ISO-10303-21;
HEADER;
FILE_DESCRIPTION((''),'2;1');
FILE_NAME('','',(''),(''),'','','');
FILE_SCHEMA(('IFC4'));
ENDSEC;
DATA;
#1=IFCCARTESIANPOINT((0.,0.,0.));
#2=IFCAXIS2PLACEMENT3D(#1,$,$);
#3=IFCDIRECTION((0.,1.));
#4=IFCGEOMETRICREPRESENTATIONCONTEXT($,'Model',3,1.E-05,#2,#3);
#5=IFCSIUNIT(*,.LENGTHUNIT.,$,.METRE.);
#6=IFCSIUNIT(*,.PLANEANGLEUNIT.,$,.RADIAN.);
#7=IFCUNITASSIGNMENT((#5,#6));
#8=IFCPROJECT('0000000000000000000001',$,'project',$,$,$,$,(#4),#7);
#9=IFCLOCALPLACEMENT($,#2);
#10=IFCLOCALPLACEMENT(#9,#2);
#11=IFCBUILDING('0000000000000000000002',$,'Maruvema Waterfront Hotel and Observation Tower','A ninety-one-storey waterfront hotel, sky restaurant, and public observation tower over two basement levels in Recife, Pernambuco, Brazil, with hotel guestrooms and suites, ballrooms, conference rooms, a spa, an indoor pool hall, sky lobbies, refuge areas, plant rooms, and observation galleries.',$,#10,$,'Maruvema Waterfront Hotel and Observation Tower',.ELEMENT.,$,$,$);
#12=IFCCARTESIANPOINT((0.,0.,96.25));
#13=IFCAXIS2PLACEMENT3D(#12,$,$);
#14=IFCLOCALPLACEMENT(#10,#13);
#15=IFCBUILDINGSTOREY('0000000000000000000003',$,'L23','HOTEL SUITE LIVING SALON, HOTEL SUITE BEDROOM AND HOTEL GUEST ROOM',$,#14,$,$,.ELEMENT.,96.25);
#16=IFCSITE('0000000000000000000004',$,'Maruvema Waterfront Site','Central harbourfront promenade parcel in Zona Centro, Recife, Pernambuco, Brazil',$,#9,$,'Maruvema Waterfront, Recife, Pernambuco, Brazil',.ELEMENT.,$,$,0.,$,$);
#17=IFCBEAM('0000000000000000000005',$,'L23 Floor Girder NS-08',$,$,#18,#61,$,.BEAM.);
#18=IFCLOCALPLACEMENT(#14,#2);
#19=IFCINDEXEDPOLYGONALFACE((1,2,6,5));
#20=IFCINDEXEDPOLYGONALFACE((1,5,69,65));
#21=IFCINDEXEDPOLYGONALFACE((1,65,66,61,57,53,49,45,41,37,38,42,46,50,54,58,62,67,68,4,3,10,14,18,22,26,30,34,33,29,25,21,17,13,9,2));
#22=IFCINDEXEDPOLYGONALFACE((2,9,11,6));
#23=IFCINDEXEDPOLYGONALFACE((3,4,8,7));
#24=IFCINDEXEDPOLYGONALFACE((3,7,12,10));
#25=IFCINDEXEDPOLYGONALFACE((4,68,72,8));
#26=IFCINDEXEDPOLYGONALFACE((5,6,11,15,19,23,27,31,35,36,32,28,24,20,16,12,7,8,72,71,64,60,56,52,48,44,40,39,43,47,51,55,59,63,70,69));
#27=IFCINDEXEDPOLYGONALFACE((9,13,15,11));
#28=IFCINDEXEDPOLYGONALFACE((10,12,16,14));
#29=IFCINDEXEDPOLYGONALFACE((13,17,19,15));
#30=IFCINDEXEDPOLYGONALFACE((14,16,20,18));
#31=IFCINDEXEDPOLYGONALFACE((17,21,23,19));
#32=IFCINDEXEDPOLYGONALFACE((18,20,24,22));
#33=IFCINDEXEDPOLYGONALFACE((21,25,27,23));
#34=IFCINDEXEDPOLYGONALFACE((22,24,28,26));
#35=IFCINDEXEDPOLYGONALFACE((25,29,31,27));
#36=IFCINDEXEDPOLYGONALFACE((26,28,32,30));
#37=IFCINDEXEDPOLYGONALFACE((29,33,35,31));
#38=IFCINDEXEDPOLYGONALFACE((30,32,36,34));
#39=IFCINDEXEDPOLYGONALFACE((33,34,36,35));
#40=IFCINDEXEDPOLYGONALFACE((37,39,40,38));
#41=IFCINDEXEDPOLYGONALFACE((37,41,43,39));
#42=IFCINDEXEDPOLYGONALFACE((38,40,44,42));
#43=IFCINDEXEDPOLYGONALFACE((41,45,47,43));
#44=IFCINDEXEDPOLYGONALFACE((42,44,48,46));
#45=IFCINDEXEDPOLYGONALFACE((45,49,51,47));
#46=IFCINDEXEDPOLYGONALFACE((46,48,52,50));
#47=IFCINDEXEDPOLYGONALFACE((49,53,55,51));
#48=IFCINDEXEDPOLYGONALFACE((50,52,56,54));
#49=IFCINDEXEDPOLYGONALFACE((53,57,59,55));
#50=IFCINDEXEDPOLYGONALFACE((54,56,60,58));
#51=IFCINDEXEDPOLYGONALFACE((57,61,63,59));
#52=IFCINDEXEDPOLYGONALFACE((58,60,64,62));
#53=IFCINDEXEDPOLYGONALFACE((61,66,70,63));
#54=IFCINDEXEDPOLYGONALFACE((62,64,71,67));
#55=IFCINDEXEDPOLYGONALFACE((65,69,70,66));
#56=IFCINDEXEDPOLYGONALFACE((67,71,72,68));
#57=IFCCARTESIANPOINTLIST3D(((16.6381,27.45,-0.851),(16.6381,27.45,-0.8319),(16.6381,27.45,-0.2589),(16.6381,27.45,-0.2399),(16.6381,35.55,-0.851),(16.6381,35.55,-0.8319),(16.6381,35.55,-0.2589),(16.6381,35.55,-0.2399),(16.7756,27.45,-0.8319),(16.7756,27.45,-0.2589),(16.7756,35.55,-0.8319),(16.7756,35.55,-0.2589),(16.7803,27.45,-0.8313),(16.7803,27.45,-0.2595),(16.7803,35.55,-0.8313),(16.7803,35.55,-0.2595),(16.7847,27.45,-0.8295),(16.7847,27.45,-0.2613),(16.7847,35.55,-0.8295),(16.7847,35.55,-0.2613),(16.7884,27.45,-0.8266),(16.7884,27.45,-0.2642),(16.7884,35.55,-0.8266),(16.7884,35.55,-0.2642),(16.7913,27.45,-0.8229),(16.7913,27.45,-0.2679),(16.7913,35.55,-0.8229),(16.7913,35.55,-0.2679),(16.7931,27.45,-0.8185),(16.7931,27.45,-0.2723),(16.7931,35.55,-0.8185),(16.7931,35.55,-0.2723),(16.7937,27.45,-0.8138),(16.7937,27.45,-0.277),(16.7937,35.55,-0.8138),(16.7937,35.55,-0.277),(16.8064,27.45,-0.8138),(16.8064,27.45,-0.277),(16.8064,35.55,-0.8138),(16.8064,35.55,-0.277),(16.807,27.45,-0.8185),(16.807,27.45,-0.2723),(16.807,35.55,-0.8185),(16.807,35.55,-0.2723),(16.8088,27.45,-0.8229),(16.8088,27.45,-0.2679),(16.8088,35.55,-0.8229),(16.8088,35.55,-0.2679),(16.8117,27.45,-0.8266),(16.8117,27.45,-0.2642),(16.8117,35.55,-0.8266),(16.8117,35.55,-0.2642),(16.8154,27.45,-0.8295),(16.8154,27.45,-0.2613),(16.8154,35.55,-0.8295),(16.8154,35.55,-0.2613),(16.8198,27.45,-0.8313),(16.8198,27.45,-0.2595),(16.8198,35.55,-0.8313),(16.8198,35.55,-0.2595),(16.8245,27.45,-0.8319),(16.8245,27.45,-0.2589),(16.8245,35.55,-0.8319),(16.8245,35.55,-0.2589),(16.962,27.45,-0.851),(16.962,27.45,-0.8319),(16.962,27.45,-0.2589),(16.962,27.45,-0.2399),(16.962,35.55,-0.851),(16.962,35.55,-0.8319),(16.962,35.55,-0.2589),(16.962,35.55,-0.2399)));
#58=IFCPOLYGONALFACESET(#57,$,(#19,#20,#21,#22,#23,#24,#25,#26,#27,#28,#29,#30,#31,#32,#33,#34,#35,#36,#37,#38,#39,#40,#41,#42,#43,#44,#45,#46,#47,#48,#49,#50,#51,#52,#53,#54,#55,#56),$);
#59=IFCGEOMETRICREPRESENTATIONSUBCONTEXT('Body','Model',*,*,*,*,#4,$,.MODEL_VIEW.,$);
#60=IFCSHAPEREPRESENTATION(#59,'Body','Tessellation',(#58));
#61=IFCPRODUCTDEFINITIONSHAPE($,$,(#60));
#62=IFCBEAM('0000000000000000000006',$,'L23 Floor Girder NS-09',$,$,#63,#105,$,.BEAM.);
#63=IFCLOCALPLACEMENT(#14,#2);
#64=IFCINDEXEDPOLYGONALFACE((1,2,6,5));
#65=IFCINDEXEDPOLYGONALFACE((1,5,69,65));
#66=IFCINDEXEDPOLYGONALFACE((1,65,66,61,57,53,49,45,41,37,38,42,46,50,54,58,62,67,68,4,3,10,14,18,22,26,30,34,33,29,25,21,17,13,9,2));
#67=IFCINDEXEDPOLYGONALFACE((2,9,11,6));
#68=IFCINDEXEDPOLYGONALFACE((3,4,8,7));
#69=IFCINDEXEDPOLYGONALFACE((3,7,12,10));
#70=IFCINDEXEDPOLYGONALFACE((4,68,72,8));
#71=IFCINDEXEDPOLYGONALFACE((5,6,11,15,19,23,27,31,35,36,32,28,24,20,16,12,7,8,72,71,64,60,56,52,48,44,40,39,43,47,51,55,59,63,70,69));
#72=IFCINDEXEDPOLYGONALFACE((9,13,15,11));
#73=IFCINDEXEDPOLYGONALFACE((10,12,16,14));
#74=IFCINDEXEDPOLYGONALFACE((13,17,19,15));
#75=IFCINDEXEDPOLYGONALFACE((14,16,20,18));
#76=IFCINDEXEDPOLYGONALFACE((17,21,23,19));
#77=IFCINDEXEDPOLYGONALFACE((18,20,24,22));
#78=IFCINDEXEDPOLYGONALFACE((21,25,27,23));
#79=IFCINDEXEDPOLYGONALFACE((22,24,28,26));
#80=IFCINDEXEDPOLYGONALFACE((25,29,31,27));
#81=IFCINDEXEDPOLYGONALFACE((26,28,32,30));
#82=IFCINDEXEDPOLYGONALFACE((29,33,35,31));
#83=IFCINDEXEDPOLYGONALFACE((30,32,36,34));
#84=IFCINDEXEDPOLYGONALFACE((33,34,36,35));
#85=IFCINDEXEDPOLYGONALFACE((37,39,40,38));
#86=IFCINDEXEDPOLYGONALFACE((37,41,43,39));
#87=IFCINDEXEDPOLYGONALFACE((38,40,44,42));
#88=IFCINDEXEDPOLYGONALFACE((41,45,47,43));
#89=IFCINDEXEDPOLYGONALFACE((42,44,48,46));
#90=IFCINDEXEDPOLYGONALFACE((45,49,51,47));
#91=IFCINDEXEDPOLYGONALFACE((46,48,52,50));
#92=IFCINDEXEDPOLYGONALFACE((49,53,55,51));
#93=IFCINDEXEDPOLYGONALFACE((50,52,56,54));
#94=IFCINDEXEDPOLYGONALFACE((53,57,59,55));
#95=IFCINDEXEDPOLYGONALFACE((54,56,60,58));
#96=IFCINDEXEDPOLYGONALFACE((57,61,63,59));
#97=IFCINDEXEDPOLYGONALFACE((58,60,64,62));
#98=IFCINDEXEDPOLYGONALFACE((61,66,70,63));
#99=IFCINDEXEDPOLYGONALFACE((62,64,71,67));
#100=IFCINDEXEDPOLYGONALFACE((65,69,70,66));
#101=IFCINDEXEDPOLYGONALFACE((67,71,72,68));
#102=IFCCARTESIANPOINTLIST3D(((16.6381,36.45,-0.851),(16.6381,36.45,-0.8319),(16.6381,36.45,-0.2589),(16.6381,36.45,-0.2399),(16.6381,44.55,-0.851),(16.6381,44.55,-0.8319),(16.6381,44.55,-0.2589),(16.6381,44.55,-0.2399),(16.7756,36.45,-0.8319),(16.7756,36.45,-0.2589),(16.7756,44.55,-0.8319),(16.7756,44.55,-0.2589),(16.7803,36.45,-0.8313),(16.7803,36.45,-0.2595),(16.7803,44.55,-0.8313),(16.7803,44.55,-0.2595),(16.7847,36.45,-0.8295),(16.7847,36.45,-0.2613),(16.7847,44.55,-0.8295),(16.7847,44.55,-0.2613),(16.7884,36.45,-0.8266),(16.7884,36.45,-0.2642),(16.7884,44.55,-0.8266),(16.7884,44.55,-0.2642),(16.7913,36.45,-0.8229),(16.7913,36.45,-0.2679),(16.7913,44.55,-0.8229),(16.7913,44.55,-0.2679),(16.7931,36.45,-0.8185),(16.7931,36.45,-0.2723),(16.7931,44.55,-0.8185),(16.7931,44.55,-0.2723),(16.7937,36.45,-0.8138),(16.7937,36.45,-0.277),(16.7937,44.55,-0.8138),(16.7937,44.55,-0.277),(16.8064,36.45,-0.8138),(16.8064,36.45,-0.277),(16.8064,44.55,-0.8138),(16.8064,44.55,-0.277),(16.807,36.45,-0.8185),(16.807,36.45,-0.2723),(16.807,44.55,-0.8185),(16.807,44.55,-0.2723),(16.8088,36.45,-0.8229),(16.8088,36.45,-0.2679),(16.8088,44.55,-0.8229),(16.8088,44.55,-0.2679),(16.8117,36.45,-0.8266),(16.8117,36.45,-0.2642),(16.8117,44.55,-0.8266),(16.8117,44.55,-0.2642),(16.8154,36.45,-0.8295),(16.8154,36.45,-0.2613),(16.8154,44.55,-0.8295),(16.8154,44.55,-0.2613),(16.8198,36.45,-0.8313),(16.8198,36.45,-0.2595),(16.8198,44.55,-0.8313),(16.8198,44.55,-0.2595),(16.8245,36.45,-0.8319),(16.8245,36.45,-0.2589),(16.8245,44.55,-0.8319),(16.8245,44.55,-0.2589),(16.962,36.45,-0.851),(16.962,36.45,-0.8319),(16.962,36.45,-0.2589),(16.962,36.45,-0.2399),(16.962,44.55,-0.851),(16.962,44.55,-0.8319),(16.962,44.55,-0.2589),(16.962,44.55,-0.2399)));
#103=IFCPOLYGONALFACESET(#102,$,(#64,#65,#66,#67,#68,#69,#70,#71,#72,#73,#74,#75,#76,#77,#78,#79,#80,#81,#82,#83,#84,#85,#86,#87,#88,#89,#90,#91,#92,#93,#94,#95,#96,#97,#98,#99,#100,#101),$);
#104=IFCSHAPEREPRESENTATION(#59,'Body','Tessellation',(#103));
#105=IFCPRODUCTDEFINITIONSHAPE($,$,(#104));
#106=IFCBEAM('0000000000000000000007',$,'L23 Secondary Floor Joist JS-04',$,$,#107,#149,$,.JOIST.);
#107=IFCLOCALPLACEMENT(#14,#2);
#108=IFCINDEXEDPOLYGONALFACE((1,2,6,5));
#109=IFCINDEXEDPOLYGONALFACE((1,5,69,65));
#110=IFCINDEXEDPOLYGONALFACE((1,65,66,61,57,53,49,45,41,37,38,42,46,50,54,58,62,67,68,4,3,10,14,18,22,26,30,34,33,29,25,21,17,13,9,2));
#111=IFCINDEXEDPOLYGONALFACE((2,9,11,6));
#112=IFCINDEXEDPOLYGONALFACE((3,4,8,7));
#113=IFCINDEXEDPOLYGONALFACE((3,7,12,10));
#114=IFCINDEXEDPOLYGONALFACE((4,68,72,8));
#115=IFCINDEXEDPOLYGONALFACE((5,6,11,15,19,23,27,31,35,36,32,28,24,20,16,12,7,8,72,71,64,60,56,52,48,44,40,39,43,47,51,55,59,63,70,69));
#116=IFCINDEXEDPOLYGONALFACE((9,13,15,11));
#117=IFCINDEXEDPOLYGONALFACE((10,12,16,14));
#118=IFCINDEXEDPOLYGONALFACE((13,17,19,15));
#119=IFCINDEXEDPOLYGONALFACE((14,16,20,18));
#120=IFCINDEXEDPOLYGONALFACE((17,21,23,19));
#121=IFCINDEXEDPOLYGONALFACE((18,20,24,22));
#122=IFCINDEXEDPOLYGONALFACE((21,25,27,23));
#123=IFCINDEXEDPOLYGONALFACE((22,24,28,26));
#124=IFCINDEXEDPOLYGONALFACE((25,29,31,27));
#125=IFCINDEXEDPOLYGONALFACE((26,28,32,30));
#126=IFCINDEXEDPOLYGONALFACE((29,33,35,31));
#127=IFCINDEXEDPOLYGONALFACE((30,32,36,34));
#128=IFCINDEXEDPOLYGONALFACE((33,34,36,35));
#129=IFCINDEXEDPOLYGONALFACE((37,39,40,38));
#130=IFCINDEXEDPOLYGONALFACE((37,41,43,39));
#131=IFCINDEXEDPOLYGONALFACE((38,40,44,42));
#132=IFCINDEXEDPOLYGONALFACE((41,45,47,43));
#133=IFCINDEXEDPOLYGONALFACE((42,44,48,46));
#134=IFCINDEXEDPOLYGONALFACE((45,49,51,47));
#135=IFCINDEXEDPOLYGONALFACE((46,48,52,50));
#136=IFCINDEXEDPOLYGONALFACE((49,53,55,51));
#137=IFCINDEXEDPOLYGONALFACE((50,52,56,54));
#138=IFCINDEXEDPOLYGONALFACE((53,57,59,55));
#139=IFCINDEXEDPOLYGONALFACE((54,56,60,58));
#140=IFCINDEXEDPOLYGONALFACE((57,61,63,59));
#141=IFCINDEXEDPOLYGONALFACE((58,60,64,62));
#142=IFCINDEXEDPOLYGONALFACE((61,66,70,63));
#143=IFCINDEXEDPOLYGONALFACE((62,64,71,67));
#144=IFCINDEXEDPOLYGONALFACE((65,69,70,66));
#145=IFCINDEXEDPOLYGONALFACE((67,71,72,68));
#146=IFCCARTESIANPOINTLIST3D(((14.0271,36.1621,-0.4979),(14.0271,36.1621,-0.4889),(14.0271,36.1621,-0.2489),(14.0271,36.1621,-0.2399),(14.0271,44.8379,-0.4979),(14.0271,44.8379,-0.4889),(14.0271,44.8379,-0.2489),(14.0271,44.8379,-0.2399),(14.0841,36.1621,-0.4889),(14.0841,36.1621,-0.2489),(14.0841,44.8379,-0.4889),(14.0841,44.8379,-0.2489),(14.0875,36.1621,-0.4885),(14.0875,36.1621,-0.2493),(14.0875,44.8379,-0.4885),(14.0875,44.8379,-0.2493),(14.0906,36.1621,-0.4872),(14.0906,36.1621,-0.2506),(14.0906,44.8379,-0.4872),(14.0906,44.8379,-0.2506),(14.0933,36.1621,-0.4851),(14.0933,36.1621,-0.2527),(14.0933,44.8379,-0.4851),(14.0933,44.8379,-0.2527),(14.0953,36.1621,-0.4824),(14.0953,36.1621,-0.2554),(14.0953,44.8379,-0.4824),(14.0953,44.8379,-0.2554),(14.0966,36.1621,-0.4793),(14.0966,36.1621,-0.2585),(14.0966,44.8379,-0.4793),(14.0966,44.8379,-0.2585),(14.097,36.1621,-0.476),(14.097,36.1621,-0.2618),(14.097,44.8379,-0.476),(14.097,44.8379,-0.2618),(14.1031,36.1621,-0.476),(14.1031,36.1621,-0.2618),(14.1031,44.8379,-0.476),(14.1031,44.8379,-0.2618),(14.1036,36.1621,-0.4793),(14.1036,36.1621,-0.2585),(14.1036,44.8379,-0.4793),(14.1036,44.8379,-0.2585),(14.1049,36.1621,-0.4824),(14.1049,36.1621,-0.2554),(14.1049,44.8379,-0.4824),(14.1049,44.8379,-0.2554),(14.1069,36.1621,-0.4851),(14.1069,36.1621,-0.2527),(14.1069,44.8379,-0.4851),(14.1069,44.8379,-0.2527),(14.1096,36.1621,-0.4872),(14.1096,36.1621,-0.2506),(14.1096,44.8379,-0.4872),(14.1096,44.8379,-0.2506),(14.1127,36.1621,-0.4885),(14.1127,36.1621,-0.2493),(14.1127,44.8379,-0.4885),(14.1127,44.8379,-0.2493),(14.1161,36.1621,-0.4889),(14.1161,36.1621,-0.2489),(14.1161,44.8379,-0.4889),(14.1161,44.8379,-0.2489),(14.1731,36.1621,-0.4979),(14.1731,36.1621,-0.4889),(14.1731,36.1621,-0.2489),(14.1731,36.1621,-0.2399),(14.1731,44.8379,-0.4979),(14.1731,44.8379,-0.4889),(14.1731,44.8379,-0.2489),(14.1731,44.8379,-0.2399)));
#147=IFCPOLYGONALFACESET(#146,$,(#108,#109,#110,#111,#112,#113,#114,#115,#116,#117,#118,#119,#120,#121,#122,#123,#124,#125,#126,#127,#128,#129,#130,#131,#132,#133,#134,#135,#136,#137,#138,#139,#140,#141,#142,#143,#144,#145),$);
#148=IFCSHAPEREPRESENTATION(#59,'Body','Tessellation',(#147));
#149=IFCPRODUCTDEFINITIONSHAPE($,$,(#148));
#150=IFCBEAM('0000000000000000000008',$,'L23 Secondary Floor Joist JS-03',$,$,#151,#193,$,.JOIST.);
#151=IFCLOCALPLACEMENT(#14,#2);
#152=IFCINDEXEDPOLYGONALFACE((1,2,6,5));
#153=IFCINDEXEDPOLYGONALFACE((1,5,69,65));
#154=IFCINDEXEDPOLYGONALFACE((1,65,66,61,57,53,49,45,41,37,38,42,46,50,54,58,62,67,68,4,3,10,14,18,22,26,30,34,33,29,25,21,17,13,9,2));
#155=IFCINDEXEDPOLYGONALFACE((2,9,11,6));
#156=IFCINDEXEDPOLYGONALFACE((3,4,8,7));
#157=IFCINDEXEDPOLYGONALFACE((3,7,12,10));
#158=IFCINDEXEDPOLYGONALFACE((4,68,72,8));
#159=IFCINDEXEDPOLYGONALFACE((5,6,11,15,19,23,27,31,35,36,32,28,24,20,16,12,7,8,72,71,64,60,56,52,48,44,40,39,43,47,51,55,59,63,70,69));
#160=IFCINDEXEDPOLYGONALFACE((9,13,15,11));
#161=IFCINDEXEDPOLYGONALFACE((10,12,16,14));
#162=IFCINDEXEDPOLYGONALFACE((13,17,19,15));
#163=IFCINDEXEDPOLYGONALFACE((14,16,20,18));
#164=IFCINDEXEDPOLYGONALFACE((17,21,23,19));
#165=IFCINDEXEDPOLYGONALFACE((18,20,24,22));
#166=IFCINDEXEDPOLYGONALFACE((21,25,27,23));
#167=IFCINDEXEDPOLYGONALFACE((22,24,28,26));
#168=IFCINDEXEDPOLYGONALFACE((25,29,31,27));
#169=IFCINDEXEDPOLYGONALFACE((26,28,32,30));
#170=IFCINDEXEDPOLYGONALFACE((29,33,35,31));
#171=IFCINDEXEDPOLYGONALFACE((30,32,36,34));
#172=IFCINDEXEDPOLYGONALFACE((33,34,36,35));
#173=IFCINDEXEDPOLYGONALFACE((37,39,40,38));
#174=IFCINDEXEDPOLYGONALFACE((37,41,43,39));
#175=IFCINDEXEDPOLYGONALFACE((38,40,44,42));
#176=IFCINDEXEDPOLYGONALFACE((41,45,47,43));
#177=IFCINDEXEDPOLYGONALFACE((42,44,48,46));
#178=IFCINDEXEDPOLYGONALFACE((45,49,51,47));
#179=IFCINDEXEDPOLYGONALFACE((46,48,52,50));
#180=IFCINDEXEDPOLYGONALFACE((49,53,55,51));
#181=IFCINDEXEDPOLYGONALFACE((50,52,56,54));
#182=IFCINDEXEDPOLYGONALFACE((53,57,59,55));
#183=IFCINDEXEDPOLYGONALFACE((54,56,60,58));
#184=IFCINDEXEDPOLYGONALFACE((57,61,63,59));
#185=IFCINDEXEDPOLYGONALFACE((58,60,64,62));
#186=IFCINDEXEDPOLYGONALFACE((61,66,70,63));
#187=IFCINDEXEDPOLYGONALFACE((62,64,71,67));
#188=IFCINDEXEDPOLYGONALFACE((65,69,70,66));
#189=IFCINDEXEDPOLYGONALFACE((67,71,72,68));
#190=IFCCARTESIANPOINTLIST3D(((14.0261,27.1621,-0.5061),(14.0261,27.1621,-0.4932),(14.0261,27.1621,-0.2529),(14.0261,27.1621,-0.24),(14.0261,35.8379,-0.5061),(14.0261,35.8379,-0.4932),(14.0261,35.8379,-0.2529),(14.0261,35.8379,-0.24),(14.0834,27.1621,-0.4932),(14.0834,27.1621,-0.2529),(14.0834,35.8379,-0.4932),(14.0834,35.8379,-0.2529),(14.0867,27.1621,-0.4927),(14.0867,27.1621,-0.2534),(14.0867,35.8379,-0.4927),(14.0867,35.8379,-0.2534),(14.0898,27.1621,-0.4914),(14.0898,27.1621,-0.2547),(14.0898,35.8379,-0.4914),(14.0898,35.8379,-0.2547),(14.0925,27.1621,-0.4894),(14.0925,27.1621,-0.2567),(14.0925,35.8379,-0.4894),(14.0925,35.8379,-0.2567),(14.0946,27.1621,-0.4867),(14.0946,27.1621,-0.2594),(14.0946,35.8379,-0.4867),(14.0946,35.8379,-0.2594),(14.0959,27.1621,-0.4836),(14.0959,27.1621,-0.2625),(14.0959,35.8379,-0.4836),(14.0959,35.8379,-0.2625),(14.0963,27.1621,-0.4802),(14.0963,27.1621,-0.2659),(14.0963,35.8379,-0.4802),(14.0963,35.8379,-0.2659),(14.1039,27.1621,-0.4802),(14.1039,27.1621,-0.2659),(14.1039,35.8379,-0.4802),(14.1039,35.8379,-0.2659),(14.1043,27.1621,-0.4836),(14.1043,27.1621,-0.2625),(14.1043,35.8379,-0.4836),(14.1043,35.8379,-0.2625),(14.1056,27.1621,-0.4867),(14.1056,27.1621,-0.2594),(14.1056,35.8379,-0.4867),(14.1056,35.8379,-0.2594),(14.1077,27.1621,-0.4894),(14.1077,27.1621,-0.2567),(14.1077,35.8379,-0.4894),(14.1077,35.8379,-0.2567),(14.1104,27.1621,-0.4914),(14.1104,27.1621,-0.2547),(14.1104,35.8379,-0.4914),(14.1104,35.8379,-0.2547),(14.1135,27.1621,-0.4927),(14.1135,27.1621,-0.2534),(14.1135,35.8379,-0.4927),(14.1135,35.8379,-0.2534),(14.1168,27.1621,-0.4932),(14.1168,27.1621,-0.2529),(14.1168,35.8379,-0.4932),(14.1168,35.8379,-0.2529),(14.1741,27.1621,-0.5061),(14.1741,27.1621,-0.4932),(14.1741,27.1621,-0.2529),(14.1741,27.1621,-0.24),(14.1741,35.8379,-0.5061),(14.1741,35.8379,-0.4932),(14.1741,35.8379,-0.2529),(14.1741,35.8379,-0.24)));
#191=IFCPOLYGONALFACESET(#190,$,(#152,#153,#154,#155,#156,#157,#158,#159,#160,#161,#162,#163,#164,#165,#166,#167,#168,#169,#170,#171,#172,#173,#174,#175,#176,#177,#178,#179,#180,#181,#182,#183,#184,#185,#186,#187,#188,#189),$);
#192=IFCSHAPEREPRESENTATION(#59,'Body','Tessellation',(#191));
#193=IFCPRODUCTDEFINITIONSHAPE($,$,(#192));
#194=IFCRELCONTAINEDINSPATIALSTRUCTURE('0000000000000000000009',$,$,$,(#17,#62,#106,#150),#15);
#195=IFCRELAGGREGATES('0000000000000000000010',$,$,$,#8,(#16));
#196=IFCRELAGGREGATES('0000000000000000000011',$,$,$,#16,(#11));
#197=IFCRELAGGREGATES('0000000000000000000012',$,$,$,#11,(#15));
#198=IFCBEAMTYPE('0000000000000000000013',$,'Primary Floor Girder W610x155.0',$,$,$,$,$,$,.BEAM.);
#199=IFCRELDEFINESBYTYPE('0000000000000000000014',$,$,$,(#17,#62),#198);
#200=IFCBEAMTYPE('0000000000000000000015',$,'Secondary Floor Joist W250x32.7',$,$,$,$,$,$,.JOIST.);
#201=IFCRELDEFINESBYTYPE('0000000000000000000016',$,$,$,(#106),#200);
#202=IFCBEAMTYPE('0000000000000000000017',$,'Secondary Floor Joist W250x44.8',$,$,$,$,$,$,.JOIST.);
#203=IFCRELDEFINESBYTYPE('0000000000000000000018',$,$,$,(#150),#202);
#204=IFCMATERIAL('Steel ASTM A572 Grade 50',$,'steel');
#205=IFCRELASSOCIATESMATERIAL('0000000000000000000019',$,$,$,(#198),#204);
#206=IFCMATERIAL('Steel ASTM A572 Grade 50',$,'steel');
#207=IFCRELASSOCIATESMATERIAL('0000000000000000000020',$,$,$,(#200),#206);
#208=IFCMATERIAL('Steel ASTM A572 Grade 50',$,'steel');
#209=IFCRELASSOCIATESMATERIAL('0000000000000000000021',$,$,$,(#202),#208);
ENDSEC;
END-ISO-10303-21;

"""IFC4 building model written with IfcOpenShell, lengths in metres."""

from ifc_helpers import new_model, si_unit, direction, frame, origin, origin_2d, place, context, subcontext, project, spatial, i_section, extrude, material, material_profile, profile_set, type_object, element, save


model = new_model("IFC4")

# Units and contexts
model_context = context("Model", 3, precision=1e-05, world=origin(), true_north=direction((0.0, 1.0)))
body_context = subcontext(model_context, "Body", "Model", "MODEL_VIEW")
ifc_project = project(units=[si_unit("LENGTHUNIT", "METRE"), si_unit("PLANEANGLEUNIT", "RADIAN")], contexts=[model_context])

# Site, building, storey
site_placement = place(None, origin())
site = spatial("IfcSite", under=ifc_project, at=site_placement, Name="Maruvema Waterfront Site", Description="Central harbourfront promenade parcel in Zona Centro, Recife, Pernambuco, Brazil", LongName="Maruvema Waterfront, Recife, Pernambuco, Brazil", CompositionType="ELEMENT", RefElevation=0.0)
building_placement = place(site_placement, origin())
building = spatial("IfcBuilding", under=site, at=building_placement, Name="Maruvema Waterfront Hotel and Observation Tower", Description="A ninety-one-storey waterfront hotel, sky restaurant, and public observation tower over two basement levels in Recife, Pernambuco, Brazil, with hotel guestrooms and suites, ballrooms, conference rooms, a spa, an indoor pool hall, sky lobbies, refuge areas, plant rooms, and observation galleries.", LongName="Maruvema Waterfront Hotel and Observation Tower", CompositionType="ELEMENT")
storey_placement = place(building_placement, frame((0.0, 0.0, 96.25)))
storey = spatial("IfcBuildingStorey", under=building, at=storey_placement, Name="L23", Description="HOTEL SUITE LIVING SALON, HOTEL SUITE BEDROOM AND HOTEL GUEST ROOM", CompositionType="ELEMENT", Elevation=96.25)

# Beams
ifc_material_1 = material(Name="Steel ASTM A572 Grade 50", Category="steel")
ifc_material_profile_1 = material_profile(ifc_material_1, i_section(OverallWidth=0.324, OverallDepth=0.6111, WebThickness=0.0127, FlangeThickness=0.019, FilletRadius=0.0181, at=origin_2d()), Name="W610x155.0")
ifc_profile_set_1 = profile_set([ifc_material_profile_1], Name="Steel ASTM A572 Grade 50")
beam_type_1 = type_object("IfcBeamType", Name="Primary Floor Girder W610x155.0", PredefinedType="BEAM", material=ifc_profile_set_1)
for number, where, z_axis, x_axis, name in (
    (1, (16.8, 27.45, -0.5454), (0.0, 1.0, 0.0), (-1.0, 0.0, 0.0), "L23 Floor Girder NS-08"),
    (2, (16.8, 36.45, -0.5454), (0.0, 1.0, 0.0), (-1.0, 0.0, 0.0), "L23 Floor Girder NS-09"),
):
    element("IfcBeam", number, at=place(storey_placement, frame(where, z_axis=z_axis, x_axis=x_axis)), inside=storey, type_object=beam_type_1, Name=name, PredefinedType="BEAM", context=body_context, shape_type="SweptSolid", body=[
        extrude(i_section(OverallWidth=0.324, OverallDepth=0.6111, WebThickness=0.0127, FlangeThickness=0.019, FilletRadius=0.0181, at=origin_2d()), origin(), (0.0, 0.0, 1.0), 8.1001),
    ])
ifc_material_2 = material(Name="Steel ASTM A572 Grade 50", Category="steel")
ifc_material_profile_2 = material_profile(ifc_material_2, i_section(OverallWidth=0.146, OverallDepth=0.2581, WebThickness=0.0061, FlangeThickness=0.009, FilletRadius=0.0129, at=origin_2d()), Name="W250x32.7")
ifc_profile_set_2 = profile_set([ifc_material_profile_2], Name="Steel ASTM A572 Grade 50")
beam_type_2 = type_object("IfcBeamType", Name="Secondary Floor Joist W250x32.7", PredefinedType="JOIST", material=ifc_profile_set_2)
beam_1_placement = place(storey_placement, frame((14.1001, 36.1621, -0.3689), z_axis=(0.0, 1.0, 0.0), x_axis=(-1.0, 0.0, 0.0)))
element("IfcBeam", 3, at=beam_1_placement, inside=storey, type_object=beam_type_2, Name="L23 Secondary Floor Joist JS-04", PredefinedType="JOIST", context=body_context, shape_type="SweptSolid", body=[
    extrude(i_section(OverallWidth=0.146, OverallDepth=0.2581, WebThickness=0.0061, FlangeThickness=0.009, FilletRadius=0.0129, at=origin_2d()), origin(), (0.0, 0.0, 1.0), 8.6758),
])
ifc_material_3 = material(Name="Steel ASTM A572 Grade 50", Category="steel")
ifc_material_profile_3 = material_profile(ifc_material_3, i_section(OverallWidth=0.1479, OverallDepth=0.2661, WebThickness=0.0076, FlangeThickness=0.0129, FilletRadius=0.0129, at=origin_2d()), Name="W250x44.8")
ifc_profile_set_3 = profile_set([ifc_material_profile_3], Name="Steel ASTM A572 Grade 50")
beam_type_3 = type_object("IfcBeamType", Name="Secondary Floor Joist W250x44.8", PredefinedType="JOIST", material=ifc_profile_set_3)
beam_2_placement = place(storey_placement, frame((14.1001, 27.1621, -0.373), z_axis=(0.0, 1.0, 0.0), x_axis=(-1.0, 0.0, 0.0)))
element("IfcBeam", 4, at=beam_2_placement, inside=storey, type_object=beam_type_3, Name="L23 Secondary Floor Joist JS-03", PredefinedType="JOIST", context=body_context, shape_type="SweptSolid", body=[
    extrude(i_section(OverallWidth=0.1479, OverallDepth=0.2661, WebThickness=0.0076, FlangeThickness=0.0129, FilletRadius=0.0129, at=origin_2d()), origin(), (0.0, 0.0, 1.0), 8.6758),
])

save(model, "model.ifc")
